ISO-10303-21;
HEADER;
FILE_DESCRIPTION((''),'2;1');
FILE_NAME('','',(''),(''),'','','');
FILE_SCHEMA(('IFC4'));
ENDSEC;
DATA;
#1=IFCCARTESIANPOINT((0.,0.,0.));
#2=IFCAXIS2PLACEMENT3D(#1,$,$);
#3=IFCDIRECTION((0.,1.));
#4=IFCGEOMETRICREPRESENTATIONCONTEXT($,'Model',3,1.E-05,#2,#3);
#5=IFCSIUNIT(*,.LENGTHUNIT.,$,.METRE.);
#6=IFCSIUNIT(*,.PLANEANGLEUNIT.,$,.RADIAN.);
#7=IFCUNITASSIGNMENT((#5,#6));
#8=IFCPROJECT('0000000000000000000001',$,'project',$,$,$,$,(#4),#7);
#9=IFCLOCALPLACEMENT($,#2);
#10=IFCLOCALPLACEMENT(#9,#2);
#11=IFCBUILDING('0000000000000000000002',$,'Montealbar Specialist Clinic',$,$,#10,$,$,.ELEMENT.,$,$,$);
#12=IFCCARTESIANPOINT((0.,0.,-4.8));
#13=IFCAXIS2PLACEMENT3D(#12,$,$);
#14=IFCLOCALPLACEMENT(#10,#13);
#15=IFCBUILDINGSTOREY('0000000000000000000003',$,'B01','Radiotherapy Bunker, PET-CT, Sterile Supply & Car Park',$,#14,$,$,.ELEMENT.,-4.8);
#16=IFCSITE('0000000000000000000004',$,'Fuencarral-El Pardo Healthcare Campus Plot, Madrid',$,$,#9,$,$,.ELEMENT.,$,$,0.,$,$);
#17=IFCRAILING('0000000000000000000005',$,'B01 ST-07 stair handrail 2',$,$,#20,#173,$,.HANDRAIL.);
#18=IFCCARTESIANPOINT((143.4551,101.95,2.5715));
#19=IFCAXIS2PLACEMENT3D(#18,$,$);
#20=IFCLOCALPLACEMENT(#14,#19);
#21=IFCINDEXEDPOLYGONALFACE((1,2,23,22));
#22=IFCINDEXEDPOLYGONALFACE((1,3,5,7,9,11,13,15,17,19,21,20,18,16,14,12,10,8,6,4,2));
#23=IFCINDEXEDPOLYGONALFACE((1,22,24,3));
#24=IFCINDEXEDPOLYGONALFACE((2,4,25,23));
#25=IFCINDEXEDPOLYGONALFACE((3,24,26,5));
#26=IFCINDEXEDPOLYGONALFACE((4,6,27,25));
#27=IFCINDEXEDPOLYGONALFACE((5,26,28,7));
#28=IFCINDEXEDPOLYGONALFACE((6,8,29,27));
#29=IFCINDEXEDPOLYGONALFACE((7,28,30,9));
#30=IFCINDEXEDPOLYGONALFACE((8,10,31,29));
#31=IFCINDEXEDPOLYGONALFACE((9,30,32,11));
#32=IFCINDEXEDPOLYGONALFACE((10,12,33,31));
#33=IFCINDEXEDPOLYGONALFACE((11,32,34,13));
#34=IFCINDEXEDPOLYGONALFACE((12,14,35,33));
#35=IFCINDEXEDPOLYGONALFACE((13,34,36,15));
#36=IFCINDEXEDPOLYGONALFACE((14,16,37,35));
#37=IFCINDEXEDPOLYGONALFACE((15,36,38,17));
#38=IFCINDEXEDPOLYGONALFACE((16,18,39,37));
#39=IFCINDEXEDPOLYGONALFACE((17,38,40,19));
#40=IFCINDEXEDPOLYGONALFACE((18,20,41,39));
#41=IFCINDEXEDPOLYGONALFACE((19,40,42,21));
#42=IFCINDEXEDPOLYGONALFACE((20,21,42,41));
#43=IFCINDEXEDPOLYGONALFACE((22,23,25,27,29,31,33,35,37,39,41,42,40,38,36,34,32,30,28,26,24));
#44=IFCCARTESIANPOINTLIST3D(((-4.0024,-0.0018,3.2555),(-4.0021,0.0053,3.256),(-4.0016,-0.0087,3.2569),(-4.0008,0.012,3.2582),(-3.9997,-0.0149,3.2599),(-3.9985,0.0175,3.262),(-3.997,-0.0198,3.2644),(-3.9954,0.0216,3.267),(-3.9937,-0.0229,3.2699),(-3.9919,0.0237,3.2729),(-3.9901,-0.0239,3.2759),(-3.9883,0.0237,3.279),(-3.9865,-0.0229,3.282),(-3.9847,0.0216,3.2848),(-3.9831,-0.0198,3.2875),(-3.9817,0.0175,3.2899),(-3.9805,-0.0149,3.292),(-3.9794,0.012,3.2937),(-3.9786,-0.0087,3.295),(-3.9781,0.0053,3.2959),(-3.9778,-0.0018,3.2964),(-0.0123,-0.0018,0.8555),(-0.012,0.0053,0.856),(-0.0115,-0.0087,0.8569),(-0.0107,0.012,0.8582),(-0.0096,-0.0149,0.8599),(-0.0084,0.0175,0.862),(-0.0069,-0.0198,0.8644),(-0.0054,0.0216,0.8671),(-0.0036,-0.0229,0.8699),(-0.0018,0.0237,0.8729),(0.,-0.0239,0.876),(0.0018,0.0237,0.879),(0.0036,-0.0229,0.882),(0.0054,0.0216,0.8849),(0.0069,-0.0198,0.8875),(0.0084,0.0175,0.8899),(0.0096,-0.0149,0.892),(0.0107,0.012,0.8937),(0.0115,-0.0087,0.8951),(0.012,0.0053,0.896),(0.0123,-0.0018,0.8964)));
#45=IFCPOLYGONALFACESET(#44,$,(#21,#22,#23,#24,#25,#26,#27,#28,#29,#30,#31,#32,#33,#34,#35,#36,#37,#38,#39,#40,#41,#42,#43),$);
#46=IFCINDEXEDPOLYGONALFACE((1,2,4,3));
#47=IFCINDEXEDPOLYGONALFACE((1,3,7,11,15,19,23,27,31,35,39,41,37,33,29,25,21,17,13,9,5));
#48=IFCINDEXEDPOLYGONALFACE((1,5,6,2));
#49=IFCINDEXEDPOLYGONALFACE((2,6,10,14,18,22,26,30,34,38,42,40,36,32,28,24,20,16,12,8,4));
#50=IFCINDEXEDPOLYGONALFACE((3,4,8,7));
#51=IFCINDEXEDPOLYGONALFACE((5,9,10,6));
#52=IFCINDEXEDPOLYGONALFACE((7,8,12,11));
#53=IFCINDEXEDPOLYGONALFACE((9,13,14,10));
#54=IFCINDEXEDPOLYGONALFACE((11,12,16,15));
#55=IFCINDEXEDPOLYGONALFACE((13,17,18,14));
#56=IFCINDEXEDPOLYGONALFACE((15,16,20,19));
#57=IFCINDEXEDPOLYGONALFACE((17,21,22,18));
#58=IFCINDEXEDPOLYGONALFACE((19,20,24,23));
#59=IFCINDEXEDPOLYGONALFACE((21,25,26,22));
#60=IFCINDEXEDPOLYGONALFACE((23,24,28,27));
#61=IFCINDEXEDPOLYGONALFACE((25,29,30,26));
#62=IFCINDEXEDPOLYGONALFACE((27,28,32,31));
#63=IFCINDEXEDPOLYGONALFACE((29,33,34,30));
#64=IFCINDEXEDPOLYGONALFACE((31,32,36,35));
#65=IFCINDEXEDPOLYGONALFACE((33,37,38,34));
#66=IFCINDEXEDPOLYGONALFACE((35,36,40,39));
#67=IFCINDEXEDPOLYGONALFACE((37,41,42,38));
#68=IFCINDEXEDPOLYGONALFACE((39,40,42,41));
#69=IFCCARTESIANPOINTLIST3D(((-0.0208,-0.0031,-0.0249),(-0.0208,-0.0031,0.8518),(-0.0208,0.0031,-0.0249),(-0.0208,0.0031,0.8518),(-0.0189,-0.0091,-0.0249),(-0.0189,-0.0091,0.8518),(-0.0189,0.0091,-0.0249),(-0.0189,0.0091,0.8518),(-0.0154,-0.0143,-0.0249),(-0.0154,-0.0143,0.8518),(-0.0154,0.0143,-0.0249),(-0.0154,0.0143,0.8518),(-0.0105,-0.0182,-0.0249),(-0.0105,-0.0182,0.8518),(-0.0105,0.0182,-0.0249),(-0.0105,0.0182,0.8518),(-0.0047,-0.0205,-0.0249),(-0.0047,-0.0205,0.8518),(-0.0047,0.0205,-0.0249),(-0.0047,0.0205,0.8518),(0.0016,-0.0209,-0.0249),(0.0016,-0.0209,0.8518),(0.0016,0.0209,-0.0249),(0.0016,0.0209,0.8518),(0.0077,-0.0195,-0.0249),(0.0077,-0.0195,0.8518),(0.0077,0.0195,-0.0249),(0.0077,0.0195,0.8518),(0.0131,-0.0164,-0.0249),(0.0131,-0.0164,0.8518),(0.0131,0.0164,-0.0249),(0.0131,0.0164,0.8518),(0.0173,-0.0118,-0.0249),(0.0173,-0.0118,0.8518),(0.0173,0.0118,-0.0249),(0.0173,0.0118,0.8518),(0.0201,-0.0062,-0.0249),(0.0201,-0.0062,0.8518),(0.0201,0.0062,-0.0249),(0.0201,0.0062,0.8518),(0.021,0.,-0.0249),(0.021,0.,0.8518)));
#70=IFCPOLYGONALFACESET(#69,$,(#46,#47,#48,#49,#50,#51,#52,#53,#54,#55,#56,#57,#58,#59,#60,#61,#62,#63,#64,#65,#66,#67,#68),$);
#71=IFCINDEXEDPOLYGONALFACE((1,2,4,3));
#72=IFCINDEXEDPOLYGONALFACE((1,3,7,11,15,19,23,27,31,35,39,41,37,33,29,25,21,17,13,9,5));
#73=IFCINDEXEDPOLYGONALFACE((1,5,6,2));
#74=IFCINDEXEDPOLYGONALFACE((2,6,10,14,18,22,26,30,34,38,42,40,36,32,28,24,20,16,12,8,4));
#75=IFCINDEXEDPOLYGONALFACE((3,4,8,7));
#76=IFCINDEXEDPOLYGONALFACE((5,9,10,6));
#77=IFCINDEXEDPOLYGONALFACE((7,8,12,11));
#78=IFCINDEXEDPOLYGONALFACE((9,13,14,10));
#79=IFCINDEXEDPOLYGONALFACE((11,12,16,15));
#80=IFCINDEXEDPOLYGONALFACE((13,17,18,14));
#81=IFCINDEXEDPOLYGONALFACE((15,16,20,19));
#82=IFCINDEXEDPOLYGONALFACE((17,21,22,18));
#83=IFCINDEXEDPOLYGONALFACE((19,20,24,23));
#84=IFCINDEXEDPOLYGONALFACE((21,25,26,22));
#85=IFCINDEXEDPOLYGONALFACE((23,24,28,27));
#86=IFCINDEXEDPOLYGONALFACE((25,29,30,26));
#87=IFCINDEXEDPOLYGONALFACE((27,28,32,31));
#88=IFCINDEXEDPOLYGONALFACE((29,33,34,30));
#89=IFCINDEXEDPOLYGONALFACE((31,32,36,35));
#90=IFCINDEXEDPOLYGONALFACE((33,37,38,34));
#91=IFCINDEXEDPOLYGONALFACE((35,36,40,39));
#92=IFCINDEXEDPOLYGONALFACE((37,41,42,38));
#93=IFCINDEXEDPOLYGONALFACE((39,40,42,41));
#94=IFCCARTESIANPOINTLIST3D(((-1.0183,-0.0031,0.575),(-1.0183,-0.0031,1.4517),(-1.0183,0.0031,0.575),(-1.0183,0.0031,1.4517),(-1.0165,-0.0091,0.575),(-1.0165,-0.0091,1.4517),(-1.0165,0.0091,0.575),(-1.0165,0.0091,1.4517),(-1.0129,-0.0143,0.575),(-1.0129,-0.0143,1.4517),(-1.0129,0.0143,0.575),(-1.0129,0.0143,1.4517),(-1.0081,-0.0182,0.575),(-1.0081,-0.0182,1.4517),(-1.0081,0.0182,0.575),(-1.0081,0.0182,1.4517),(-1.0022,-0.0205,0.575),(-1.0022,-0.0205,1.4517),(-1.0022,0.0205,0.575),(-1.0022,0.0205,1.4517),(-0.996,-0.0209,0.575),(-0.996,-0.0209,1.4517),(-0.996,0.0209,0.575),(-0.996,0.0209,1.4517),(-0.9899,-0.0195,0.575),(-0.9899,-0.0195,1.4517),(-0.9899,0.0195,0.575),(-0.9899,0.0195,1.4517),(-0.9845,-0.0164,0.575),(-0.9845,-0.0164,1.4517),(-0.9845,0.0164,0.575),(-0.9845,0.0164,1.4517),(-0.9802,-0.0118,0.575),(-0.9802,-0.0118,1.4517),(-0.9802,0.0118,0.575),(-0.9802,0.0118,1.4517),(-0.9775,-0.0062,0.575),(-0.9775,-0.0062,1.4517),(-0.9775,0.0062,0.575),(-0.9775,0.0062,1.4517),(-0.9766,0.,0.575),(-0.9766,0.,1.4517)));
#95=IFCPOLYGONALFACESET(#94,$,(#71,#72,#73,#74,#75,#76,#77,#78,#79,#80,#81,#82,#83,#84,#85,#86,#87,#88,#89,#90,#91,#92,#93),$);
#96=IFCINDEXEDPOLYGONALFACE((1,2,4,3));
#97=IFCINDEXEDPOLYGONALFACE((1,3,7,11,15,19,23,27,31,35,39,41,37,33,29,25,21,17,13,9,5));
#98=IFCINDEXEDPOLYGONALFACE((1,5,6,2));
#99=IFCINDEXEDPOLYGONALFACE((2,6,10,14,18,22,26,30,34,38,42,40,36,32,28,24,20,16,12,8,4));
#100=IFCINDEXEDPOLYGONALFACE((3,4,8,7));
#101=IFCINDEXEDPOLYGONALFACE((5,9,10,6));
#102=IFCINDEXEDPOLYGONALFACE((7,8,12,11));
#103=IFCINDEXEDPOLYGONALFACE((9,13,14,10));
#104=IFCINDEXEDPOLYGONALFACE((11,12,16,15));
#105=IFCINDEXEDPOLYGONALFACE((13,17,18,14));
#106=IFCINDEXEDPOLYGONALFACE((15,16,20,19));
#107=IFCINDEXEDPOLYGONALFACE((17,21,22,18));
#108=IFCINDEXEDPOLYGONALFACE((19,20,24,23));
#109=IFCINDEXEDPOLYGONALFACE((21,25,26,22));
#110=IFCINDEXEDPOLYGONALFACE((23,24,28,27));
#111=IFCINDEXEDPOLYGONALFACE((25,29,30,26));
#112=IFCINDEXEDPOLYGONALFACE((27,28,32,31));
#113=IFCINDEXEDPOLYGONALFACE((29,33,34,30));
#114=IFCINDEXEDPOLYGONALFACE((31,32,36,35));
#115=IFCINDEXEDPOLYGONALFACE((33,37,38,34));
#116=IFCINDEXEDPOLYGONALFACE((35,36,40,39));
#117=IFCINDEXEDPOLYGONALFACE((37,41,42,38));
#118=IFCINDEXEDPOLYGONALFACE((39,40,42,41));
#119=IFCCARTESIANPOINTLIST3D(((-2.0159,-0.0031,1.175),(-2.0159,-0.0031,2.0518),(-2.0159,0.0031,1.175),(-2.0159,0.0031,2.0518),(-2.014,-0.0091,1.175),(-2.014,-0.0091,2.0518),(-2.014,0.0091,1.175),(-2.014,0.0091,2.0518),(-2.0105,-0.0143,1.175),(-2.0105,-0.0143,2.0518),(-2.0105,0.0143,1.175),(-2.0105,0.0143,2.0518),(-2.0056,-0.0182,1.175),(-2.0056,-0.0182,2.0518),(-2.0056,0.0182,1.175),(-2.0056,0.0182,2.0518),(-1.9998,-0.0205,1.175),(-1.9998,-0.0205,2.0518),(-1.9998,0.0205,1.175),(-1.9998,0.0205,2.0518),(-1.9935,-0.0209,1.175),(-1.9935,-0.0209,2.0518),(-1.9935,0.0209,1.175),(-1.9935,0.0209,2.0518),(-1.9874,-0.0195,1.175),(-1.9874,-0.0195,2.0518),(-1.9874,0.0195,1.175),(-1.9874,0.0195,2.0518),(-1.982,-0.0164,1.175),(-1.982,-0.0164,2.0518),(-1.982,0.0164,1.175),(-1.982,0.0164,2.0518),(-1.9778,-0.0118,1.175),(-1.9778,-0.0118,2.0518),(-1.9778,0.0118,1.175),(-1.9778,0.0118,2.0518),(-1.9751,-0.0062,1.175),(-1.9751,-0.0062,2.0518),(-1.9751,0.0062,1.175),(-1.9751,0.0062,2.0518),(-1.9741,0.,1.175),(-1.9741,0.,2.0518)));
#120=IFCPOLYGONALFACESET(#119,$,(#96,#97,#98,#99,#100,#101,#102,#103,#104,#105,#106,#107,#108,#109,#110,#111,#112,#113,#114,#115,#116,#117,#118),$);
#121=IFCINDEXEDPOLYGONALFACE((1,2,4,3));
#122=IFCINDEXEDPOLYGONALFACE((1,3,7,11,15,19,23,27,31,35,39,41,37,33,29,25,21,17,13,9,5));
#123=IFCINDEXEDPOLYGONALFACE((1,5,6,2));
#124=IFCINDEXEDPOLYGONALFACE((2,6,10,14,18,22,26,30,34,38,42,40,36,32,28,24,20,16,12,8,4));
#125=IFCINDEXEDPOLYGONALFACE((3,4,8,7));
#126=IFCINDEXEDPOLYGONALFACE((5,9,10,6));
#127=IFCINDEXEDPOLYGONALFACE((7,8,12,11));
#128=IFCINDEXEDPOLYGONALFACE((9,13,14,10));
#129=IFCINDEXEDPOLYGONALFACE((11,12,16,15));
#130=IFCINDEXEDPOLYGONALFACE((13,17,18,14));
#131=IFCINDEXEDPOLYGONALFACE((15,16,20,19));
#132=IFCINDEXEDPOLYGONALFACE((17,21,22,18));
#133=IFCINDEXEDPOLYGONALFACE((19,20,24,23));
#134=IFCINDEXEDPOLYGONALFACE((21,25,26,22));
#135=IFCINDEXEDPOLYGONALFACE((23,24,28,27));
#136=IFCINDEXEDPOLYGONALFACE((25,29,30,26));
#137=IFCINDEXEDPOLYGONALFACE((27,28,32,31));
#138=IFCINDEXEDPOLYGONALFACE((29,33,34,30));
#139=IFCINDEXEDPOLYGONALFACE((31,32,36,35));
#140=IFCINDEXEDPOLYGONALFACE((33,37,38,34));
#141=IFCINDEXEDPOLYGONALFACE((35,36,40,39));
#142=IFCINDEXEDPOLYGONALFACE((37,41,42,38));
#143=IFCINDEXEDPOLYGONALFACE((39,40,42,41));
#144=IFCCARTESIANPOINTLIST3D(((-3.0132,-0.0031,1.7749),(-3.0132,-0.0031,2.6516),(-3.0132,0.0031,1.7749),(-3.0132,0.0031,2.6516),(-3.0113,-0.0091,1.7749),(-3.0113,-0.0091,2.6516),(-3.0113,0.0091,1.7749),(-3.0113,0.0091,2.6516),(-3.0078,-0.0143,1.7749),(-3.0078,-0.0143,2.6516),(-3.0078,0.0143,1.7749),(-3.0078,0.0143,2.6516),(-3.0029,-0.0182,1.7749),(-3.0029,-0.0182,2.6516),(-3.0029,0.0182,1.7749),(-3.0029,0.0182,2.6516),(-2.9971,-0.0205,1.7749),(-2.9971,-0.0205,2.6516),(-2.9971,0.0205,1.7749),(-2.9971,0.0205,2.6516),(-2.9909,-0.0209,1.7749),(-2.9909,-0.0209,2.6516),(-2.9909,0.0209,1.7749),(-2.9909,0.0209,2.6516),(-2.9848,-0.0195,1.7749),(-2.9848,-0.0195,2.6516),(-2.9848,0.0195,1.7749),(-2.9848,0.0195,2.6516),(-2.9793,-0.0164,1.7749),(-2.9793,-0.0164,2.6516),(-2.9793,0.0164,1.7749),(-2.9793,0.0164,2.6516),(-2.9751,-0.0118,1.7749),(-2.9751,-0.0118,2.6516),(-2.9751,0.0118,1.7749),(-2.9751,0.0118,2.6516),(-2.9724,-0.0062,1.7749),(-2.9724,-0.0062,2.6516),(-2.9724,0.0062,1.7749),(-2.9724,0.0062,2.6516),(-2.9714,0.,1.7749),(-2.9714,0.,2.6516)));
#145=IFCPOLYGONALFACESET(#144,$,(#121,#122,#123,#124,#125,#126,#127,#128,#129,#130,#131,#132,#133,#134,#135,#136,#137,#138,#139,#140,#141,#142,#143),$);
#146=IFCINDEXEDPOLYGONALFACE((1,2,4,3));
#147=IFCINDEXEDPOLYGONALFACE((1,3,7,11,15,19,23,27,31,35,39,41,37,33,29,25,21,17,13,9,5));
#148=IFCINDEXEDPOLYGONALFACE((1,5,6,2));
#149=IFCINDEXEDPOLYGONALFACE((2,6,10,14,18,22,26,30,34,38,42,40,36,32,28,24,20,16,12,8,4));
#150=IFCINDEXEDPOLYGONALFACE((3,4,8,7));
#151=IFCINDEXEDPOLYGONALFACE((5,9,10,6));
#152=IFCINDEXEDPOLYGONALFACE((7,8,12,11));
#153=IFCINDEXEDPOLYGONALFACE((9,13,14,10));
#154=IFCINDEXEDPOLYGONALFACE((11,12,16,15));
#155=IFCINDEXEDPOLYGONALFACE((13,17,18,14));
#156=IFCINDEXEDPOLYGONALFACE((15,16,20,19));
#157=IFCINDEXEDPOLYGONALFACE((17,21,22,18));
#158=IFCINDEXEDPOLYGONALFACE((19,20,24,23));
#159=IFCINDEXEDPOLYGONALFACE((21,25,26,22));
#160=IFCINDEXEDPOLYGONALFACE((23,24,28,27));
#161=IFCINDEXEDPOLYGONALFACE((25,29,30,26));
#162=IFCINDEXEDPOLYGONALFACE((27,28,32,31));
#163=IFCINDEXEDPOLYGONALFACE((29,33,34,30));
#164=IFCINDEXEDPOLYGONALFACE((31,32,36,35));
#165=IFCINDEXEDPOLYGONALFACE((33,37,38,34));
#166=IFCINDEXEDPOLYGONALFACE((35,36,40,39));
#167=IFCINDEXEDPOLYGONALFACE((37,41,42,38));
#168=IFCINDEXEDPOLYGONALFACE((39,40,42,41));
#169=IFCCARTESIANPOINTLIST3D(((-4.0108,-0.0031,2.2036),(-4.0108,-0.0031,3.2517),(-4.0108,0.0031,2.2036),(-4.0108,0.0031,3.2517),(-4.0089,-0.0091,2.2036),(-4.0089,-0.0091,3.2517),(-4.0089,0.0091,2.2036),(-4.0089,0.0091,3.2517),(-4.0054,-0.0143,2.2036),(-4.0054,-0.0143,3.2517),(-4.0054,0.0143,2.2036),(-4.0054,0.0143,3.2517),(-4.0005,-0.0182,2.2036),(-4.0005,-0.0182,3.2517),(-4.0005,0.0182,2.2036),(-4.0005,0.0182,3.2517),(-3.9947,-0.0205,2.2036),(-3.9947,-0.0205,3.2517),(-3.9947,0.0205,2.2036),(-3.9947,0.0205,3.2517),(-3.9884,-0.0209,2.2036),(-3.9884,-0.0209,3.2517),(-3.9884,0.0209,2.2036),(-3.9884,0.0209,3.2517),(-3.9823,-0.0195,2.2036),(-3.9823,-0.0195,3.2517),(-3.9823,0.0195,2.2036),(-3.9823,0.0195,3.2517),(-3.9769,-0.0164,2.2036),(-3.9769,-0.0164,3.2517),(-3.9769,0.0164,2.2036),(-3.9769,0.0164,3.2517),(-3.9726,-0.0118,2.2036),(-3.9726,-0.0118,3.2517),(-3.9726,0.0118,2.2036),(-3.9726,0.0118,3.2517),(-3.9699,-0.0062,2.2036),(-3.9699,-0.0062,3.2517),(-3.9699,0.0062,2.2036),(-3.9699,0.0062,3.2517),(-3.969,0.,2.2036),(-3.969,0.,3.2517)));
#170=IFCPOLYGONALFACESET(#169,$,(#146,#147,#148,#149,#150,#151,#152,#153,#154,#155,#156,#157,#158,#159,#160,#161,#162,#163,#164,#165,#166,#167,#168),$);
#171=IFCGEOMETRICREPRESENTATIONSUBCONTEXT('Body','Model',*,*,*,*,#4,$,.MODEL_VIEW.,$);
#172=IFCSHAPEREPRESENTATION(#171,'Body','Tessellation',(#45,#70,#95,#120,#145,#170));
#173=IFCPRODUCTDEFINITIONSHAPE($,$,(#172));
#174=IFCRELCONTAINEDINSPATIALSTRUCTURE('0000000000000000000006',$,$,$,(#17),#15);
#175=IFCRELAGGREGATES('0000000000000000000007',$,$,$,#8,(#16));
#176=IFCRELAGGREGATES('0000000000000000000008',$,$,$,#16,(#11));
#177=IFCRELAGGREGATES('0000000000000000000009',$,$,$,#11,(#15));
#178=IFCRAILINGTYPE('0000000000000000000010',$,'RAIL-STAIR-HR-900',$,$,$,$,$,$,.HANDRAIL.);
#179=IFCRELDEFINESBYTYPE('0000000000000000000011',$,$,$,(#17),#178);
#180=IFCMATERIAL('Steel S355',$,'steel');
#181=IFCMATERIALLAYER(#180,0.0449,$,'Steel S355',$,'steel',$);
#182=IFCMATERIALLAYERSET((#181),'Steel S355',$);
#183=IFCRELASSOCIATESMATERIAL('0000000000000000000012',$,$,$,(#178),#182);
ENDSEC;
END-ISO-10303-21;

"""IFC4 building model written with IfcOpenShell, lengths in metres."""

from ifc_helpers import new_model, si_unit, direction, frame, origin, origin_2d, place, context, subcontext, project, spatial, circle, extrude, material, layer, layer_set, type_object, element, save


model = new_model("IFC4")

# Units and contexts
model_context = context("Model", 3, precision=1e-05, world=origin(), true_north=direction((0.0, 1.0)))
body_context = subcontext(model_context, "Body", "Model", "MODEL_VIEW")
ifc_project = project(units=[si_unit("LENGTHUNIT", "METRE"), si_unit("PLANEANGLEUNIT", "RADIAN")], contexts=[model_context])

# Site, building, storey
site_placement = place(None, origin())
site = spatial("IfcSite", under=ifc_project, at=site_placement, Name="Fuencarral-El Pardo Healthcare Campus Plot, Madrid", CompositionType="ELEMENT", RefElevation=0.0)
building_placement = place(site_placement, origin())
building = spatial("IfcBuilding", under=site, at=building_placement, Name="Montealbar Specialist Clinic", CompositionType="ELEMENT")
storey_placement = place(building_placement, frame((0.0, 0.0, -4.8)))
storey = spatial("IfcBuildingStorey", under=building, at=storey_placement, Name="B01", Description="Radiotherapy Bunker, PET-CT, Sterile Supply & Car Park", CompositionType="ELEMENT", Elevation=-4.8)

# Shared definitions
ifc_material_1 = material(Name="Steel S355", Category="steel")

# Railing
ifc_layer_1 = layer(ifc_material_1, 0.0449, Name="Steel S355", Category="steel")
ifc_layer_set_1 = layer_set([ifc_layer_1], Name="Steel S355")
railing_type_1 = type_object("IfcRailingType", Name="RAIL-STAIR-HR-900", PredefinedType="HANDRAIL", material=ifc_layer_set_1)
railing_1_placement = place(storey_placement, frame((143.4551, 101.95, 2.5715)))
element("IfcRailing", 1, at=railing_1_placement, inside=storey, type_object=railing_type_1, Name="B01 ST-07 stair handrail 2", PredefinedType="HANDRAIL", context=body_context, shape_type="SweptSolid", body=[
    extrude(circle(Radius=0.0239, at=origin_2d()), frame((0.0, 0.0, 0.876), z_axis=(-0.856933, 0.0, 0.515428), x_axis=(0.0, -1.0, 0.0)), (0.0, 0.0, 1.0), 4.6562),
    extrude(circle(Radius=0.021, at=origin_2d()), frame((0.0, 0.0, -0.0249)), (0.0, 0.0, 1.0), 0.8767),
    extrude(circle(Radius=0.021, at=origin_2d()), frame((-0.9976, 0.0, 0.575)), (0.0, 0.0, 1.0), 0.8767),
    extrude(circle(Radius=0.021, at=origin_2d()), frame((-1.9951, 0.0, 1.175)), (0.0, 0.0, 1.0), 0.8767),
    extrude(circle(Radius=0.021, at=origin_2d()), frame((-2.9924, 0.0, 1.7749)), (0.0, 0.0, 1.0), 0.8767),
    extrude(circle(Radius=0.021, at=origin_2d()), frame((-3.99, 0.0, 2.2036)), (0.0, 0.0, 1.0), 1.0481),
])

save(model, "model.ifc")
